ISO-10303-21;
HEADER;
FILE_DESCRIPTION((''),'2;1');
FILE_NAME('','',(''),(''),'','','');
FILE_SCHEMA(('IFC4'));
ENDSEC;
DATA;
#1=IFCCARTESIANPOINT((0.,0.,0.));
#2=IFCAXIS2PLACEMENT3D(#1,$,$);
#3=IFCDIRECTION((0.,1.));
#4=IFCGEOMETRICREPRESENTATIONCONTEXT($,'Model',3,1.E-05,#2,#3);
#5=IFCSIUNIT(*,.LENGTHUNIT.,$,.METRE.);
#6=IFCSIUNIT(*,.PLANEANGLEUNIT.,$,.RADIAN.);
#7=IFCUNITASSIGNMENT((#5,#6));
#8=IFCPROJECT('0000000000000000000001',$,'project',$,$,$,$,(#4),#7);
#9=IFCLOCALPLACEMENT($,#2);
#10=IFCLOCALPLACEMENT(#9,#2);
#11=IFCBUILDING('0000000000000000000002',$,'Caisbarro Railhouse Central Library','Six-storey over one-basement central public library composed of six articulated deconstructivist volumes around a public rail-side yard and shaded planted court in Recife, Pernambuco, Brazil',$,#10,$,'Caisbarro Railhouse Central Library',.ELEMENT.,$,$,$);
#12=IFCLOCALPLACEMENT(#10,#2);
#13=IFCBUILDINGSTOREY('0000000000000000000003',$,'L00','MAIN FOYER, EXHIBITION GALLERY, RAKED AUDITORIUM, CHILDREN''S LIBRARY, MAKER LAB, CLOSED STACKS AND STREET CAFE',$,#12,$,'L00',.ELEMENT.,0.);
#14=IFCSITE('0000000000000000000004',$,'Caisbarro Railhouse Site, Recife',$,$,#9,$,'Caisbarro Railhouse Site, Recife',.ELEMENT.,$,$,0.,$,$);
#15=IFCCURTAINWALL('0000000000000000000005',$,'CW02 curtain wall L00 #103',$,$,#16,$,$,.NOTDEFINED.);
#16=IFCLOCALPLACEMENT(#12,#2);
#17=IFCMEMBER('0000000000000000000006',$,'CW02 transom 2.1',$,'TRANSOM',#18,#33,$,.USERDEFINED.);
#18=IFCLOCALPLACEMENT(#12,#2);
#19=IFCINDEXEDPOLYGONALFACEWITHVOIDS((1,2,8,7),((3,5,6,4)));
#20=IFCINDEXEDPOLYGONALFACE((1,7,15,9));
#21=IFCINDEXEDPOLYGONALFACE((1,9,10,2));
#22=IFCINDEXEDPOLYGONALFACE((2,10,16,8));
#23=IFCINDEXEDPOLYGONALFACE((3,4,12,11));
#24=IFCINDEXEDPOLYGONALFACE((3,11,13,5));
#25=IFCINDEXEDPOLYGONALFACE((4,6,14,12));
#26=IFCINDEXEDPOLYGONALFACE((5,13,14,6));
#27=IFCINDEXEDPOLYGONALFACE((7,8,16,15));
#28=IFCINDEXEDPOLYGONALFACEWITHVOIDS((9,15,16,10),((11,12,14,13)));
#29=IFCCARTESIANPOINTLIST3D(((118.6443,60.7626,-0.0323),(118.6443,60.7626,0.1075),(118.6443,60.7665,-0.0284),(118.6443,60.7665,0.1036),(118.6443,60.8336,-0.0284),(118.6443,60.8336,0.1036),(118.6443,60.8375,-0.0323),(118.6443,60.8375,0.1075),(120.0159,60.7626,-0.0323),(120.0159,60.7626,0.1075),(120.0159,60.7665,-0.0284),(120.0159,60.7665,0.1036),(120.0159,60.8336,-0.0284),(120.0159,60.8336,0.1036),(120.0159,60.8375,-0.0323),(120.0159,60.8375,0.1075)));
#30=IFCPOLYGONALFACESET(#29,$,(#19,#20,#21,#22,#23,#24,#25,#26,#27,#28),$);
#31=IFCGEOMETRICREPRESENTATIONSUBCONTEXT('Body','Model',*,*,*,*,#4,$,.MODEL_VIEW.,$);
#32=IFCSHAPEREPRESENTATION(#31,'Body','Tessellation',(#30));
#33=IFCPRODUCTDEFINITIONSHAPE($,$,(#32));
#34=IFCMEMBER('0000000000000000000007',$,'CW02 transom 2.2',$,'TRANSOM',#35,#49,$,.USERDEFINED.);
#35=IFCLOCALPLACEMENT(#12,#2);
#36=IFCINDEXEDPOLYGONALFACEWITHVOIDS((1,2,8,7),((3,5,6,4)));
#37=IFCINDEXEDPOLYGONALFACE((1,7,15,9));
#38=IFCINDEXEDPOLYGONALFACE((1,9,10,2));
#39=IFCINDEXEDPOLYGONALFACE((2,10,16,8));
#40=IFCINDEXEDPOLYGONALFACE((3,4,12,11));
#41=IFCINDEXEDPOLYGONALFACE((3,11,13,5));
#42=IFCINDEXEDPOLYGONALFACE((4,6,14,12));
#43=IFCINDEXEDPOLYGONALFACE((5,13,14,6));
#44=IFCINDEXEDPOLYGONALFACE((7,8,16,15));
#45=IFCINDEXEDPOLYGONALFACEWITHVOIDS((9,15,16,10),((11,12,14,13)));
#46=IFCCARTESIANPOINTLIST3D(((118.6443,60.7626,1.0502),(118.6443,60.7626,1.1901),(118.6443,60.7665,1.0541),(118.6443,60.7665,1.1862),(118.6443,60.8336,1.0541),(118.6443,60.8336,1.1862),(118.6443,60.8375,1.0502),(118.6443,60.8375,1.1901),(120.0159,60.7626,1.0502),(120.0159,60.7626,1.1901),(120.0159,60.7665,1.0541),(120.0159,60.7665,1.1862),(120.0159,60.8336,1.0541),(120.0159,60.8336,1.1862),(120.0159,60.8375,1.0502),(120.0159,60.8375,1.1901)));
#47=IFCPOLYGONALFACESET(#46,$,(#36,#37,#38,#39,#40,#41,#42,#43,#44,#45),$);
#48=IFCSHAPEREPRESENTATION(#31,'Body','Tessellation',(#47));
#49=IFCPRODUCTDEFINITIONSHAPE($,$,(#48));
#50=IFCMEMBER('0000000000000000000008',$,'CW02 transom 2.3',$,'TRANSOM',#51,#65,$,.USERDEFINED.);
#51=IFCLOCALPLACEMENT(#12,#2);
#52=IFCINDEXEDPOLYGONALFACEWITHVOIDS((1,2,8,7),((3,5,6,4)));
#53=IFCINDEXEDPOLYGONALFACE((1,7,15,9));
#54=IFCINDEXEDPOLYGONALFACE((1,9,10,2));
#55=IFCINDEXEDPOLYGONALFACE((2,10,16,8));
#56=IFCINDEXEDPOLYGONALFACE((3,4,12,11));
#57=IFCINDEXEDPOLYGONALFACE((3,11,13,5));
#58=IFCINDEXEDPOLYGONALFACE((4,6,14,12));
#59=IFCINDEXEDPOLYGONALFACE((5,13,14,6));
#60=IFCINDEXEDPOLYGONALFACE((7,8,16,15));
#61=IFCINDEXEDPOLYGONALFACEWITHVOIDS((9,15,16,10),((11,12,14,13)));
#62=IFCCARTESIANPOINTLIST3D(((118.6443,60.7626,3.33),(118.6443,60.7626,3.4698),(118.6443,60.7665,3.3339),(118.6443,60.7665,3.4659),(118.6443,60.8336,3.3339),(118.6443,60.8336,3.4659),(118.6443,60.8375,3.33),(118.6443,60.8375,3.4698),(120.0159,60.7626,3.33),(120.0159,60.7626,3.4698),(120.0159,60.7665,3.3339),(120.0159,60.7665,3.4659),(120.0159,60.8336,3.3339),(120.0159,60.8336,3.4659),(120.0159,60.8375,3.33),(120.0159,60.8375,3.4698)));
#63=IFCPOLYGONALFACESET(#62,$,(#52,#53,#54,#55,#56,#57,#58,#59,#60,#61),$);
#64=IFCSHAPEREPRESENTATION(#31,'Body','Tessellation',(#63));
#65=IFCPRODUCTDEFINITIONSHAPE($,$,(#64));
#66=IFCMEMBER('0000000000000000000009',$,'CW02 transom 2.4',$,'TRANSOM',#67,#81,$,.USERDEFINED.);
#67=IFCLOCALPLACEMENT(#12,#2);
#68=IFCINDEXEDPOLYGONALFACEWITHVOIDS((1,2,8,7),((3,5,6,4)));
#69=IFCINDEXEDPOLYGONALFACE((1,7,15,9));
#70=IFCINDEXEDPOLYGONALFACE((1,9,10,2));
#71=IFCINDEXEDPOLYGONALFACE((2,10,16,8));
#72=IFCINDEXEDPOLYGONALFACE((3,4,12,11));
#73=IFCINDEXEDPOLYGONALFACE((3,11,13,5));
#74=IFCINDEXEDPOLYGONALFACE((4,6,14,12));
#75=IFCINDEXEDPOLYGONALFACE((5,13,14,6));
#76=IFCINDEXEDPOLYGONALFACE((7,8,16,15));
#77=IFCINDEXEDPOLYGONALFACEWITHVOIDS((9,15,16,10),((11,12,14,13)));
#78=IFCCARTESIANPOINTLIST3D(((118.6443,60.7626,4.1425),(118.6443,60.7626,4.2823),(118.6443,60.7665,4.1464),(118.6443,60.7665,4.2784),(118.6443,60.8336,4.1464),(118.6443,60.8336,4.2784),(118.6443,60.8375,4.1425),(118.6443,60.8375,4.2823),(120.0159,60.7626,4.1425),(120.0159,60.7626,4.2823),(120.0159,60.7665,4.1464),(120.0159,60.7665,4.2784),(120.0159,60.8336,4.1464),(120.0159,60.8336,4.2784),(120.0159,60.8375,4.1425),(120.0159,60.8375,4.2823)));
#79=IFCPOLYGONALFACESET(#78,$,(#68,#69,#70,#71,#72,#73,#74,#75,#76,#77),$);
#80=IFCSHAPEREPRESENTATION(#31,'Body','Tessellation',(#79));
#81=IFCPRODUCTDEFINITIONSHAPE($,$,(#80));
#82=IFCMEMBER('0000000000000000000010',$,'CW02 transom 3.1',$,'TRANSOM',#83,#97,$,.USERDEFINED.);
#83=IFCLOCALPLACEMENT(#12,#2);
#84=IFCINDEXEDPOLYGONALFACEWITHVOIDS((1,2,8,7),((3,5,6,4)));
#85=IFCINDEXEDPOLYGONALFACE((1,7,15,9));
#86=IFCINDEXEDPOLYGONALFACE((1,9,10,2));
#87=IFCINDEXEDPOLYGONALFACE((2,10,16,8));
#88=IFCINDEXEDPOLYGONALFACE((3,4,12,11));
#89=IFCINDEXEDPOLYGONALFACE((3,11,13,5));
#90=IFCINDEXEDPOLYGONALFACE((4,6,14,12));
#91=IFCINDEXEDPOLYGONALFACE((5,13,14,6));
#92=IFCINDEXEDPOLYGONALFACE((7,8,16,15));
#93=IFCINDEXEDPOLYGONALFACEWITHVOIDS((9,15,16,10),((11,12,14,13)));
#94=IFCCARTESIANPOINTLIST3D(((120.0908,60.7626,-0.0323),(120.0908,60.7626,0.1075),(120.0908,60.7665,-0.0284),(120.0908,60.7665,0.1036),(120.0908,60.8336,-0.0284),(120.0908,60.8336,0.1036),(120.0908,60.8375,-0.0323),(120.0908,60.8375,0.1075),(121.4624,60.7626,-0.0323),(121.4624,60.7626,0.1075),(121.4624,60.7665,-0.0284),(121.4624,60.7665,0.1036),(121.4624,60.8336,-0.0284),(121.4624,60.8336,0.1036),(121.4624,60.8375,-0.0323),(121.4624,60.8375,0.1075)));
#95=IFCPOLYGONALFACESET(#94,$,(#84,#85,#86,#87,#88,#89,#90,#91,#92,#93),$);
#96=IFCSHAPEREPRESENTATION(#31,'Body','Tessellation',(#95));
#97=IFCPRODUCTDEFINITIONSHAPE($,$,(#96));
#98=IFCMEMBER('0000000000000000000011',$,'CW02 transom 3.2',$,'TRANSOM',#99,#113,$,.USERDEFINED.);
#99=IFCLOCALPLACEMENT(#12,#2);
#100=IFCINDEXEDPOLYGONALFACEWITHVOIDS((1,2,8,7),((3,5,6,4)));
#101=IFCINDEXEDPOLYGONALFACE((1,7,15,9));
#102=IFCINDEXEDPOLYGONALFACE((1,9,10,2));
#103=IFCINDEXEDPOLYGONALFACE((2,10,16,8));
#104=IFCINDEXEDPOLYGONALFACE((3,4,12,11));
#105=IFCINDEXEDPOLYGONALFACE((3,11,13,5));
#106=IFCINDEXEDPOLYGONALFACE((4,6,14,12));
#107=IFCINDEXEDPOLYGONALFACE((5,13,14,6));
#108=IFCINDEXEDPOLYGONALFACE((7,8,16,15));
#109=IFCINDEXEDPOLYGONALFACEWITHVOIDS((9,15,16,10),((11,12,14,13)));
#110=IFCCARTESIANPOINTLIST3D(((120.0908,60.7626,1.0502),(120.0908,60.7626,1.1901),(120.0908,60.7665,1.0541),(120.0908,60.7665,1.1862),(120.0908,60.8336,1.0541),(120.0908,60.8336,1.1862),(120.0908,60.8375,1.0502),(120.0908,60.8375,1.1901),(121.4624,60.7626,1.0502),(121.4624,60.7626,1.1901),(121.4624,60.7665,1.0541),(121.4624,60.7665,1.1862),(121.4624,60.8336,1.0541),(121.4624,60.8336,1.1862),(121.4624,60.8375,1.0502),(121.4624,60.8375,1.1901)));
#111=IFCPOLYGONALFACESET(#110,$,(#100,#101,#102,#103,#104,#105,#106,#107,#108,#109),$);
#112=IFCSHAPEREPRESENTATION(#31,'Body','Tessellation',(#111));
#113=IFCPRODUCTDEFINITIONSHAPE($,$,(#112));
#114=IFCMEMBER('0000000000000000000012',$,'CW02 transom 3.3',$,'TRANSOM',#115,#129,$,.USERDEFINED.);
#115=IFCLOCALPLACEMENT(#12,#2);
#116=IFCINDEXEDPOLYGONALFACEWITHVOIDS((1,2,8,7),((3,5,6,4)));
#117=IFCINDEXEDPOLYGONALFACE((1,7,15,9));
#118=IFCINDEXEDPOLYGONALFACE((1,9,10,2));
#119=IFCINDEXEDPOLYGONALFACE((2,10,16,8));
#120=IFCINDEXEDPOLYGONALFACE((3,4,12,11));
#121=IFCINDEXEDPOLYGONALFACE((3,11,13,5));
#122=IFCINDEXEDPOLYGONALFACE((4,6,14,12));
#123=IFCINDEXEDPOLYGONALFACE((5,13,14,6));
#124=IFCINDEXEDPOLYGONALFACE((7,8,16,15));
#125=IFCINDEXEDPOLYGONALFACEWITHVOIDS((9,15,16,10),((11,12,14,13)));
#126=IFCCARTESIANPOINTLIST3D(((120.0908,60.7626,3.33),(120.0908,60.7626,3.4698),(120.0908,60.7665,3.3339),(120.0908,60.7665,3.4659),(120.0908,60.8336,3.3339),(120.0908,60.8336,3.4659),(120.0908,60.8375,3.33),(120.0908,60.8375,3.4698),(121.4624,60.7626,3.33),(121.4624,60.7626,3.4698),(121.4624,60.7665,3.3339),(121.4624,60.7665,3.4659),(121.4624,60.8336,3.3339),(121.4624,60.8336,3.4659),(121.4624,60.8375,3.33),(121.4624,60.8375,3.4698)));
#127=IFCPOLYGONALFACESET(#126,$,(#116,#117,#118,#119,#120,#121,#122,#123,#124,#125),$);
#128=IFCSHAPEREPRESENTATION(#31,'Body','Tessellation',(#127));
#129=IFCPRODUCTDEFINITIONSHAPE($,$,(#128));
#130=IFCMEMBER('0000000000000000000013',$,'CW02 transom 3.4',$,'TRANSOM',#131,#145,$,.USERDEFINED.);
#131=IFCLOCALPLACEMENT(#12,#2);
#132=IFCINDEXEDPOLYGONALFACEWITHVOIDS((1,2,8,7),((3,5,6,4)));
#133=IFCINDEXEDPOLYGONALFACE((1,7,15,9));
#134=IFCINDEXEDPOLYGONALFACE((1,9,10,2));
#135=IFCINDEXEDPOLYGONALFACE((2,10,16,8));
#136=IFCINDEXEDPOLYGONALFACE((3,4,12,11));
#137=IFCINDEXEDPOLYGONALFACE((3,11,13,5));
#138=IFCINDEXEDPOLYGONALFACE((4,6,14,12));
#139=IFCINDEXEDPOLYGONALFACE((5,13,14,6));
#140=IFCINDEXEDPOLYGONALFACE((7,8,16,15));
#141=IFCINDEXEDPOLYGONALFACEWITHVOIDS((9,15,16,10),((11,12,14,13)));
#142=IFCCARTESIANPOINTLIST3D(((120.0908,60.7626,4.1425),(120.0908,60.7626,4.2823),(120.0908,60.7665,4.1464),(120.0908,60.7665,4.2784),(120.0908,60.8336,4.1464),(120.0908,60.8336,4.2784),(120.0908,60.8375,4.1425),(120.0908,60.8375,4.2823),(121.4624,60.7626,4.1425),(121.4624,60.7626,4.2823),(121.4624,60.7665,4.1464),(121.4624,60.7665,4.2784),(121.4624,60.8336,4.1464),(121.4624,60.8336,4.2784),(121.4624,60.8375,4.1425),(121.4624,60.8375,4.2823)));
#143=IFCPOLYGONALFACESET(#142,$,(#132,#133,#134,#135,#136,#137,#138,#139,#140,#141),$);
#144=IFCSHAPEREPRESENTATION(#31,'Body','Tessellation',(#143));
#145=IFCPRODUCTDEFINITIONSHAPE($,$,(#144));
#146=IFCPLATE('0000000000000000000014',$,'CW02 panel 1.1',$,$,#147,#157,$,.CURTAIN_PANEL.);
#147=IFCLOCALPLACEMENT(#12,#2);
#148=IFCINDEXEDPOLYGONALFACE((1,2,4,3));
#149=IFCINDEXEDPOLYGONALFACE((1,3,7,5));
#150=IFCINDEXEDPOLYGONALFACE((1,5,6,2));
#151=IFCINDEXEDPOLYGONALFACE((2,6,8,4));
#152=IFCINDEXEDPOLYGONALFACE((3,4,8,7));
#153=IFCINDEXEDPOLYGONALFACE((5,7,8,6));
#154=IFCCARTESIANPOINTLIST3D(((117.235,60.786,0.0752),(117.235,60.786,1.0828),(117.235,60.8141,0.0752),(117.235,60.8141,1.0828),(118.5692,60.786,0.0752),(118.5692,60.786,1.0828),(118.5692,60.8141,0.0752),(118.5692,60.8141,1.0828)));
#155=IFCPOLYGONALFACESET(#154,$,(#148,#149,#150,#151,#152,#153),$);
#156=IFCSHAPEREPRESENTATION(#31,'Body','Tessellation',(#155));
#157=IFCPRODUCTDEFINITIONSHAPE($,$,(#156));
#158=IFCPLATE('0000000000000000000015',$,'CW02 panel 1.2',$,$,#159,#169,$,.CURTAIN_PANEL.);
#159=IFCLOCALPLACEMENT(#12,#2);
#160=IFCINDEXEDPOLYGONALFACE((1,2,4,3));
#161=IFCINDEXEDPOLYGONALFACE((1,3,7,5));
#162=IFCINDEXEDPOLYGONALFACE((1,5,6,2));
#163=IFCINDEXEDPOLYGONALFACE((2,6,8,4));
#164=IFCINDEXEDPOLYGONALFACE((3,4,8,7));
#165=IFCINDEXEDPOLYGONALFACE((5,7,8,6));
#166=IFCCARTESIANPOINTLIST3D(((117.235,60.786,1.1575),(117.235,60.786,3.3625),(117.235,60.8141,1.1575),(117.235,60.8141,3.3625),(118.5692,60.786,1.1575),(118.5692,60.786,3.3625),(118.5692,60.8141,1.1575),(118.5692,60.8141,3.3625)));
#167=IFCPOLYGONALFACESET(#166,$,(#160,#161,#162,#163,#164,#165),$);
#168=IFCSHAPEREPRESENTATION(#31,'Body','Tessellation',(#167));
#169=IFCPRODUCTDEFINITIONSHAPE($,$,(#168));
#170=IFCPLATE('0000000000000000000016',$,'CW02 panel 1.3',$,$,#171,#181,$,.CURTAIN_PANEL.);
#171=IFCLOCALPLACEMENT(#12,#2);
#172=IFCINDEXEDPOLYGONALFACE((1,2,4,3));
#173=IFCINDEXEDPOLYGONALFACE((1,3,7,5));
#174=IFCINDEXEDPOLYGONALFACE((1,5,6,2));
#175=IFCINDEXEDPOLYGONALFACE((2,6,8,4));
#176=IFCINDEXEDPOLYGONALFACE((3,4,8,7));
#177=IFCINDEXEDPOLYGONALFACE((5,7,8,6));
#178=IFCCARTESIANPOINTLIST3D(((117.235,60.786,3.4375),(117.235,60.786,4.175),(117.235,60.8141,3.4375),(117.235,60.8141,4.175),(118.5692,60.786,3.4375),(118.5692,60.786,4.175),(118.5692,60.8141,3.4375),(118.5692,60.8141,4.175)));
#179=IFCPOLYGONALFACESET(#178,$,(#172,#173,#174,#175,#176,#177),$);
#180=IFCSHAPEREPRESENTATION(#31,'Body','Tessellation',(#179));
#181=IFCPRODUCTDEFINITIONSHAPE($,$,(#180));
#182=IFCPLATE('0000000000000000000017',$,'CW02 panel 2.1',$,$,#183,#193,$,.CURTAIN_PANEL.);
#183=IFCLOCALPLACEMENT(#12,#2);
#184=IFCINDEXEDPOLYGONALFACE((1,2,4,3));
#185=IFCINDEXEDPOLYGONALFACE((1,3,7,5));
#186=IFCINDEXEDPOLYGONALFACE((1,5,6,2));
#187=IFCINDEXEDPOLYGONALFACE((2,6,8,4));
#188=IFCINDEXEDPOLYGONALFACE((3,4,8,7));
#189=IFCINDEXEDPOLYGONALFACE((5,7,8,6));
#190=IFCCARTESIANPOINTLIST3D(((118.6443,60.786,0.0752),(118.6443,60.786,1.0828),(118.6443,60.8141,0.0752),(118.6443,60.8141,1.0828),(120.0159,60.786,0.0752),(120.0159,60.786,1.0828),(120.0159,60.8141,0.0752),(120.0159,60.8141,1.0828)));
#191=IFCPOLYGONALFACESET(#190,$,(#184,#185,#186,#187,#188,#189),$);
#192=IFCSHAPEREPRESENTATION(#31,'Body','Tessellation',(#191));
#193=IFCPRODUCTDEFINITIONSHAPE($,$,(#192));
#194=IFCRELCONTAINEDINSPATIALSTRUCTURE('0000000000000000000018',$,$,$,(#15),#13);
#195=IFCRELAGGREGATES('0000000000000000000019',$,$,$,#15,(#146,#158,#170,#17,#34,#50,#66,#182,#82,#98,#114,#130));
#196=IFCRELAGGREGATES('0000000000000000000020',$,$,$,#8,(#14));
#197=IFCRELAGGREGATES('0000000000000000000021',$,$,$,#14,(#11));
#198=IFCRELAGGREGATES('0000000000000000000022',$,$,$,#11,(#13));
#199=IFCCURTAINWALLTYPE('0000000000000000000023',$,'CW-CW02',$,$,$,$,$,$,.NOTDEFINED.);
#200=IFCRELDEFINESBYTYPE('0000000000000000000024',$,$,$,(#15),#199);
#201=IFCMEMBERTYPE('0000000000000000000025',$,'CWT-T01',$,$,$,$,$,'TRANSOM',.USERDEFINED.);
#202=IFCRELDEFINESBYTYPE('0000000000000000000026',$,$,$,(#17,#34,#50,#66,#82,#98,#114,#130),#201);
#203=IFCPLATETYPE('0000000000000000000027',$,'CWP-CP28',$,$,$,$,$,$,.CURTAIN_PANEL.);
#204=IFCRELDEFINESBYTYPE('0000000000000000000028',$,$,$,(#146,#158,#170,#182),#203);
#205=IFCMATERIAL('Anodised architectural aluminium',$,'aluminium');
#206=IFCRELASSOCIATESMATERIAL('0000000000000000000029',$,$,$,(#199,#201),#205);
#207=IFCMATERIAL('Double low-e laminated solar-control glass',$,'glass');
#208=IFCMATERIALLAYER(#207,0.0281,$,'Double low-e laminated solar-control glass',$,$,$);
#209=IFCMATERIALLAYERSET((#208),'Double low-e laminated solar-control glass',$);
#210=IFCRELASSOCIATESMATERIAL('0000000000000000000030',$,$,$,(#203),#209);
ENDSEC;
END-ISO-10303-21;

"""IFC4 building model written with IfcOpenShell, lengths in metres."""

from ifc_helpers import new_model, si_unit, direction, frame, origin, origin_2d, place, context, subcontext, project, spatial, rectangle, hollow_rectangle, extrude, material, layer, layer_set, material_profile, profile_set, type_object, element, aggregate, save


model = new_model("IFC4")

# Units and contexts
model_context = context("Model", 3, precision=1e-05, world=origin(), true_north=direction((0.0, 1.0)))
body_context = subcontext(model_context, "Body", "Model", "MODEL_VIEW")
ifc_project = project(units=[si_unit("LENGTHUNIT", "METRE"), si_unit("PLANEANGLEUNIT", "RADIAN")], contexts=[model_context])

# Site, building, storey
site_placement = place(None, origin())
site = spatial("IfcSite", under=ifc_project, at=site_placement, Name="Caisbarro Railhouse Site, Recife", LongName="Caisbarro Railhouse Site, Recife", CompositionType="ELEMENT", RefElevation=0.0)
building_placement = place(site_placement, origin())
building = spatial("IfcBuilding", under=site, at=building_placement, Name="Caisbarro Railhouse Central Library", Description="Six-storey over one-basement central public library composed of six articulated deconstructivist volumes around a public rail-side yard and shaded planted court in Recife, Pernambuco, Brazil", LongName="Caisbarro Railhouse Central Library", CompositionType="ELEMENT")
storey_placement = place(building_placement, origin())
storey = spatial("IfcBuildingStorey", under=building, at=storey_placement, Name="L00", Description="MAIN FOYER, EXHIBITION GALLERY, RAKED AUDITORIUM, CHILDREN'S LIBRARY, MAKER LAB, CLOSED STACKS AND STREET CAFE", LongName="L00", CompositionType="ELEMENT", Elevation=0.0)

# Curtain wall
ifc_material_1 = material(Name="Anodised architectural aluminium", Category="aluminium")
curtain_wall_type = type_object("IfcCurtainWallType", Name="CW-CW02", PredefinedType="NOTDEFINED", material=ifc_material_1)
curtain_wall_1_placement = place(storey_placement, origin())
curtain_wall_1 = element("IfcCurtainWall", 1, at=curtain_wall_1_placement, inside=storey, type_object=curtain_wall_type, Name="CW02 curtain wall L00 #103", PredefinedType="NOTDEFINED")

# Members
ifc_material_profile_1 = material_profile(ifc_material_1, hollow_rectangle(XDim=0.075, YDim=0.1399, WallThickness=0.0039, at=origin_2d()), Name="ALU-TRN-75X140")
ifc_profile_set_1 = profile_set([ifc_material_profile_1], Name="Anodised architectural aluminium")
member_type_1 = type_object("IfcMemberType", Name="CWT-T01", ElementType="TRANSOM", PredefinedType="USERDEFINED", material=ifc_profile_set_1)
member_1_placement = place(storey_placement, frame((118.6443, 60.8, 0.0376), z_axis=(1.0, 0.0, 0.0), x_axis=(0.0, 1.0, 0.0)))
member_1 = element("IfcMember", 2, at=member_1_placement, type_object=member_type_1, Name="CW02 transom 2.1", ObjectType="TRANSOM", PredefinedType="USERDEFINED", context=body_context, shape_type="SweptSolid", body=[
    extrude(hollow_rectangle(XDim=0.075, YDim=0.1399, WallThickness=0.0039, at=origin_2d()), origin(), (0.0, 0.0, 1.0), 1.3716),
])
member_2_placement = place(storey_placement, frame((118.6443, 60.8, 1.1201), z_axis=(1.0, 0.0, 0.0), x_axis=(0.0, 1.0, 0.0)))
member_2 = element("IfcMember", 3, at=member_2_placement, type_object=member_type_1, Name="CW02 transom 2.2", ObjectType="TRANSOM", PredefinedType="USERDEFINED", context=body_context, shape_type="SweptSolid", body=[
    extrude(hollow_rectangle(XDim=0.075, YDim=0.1399, WallThickness=0.0039, at=origin_2d()), origin(), (0.0, 0.0, 1.0), 1.3716),
])
member_3_placement = place(storey_placement, frame((118.6443, 60.8, 3.3999), z_axis=(1.0, 0.0, 0.0), x_axis=(0.0, 1.0, 0.0)))
member_3 = element("IfcMember", 4, at=member_3_placement, type_object=member_type_1, Name="CW02 transom 2.3", ObjectType="TRANSOM", PredefinedType="USERDEFINED", context=body_context, shape_type="SweptSolid", body=[
    extrude(hollow_rectangle(XDim=0.075, YDim=0.1399, WallThickness=0.0039, at=origin_2d()), origin(), (0.0, 0.0, 1.0), 1.3716),
])
member_4_placement = place(storey_placement, frame((118.6443, 60.8, 4.2124), z_axis=(1.0, 0.0, 0.0), x_axis=(0.0, 1.0, 0.0)))
member_4 = element("IfcMember", 5, at=member_4_placement, type_object=member_type_1, Name="CW02 transom 2.4", ObjectType="TRANSOM", PredefinedType="USERDEFINED", context=body_context, shape_type="SweptSolid", body=[
    extrude(hollow_rectangle(XDim=0.075, YDim=0.1399, WallThickness=0.0039, at=origin_2d()), origin(), (0.0, 0.0, 1.0), 1.3716),
])
member_5_placement = place(storey_placement, frame((120.0908, 60.8, 0.0376), z_axis=(1.0, 0.0, 0.0), x_axis=(0.0, 1.0, 0.0)))
member_5 = element("IfcMember", 6, at=member_5_placement, type_object=member_type_1, Name="CW02 transom 3.1", ObjectType="TRANSOM", PredefinedType="USERDEFINED", context=body_context, shape_type="SweptSolid", body=[
    extrude(hollow_rectangle(XDim=0.075, YDim=0.1399, WallThickness=0.0039, at=origin_2d()), origin(), (0.0, 0.0, 1.0), 1.3716),
])
member_6_placement = place(storey_placement, frame((120.0908, 60.8, 1.1201), z_axis=(1.0, 0.0, 0.0), x_axis=(0.0, 1.0, 0.0)))
member_6 = element("IfcMember", 7, at=member_6_placement, type_object=member_type_1, Name="CW02 transom 3.2", ObjectType="TRANSOM", PredefinedType="USERDEFINED", context=body_context, shape_type="SweptSolid", body=[
    extrude(hollow_rectangle(XDim=0.075, YDim=0.1399, WallThickness=0.0039, at=origin_2d()), origin(), (0.0, 0.0, 1.0), 1.3716),
])
member_7_placement = place(storey_placement, frame((120.0908, 60.8, 3.3999), z_axis=(1.0, 0.0, 0.0), x_axis=(0.0, 1.0, 0.0)))
member_7 = element("IfcMember", 8, at=member_7_placement, type_object=member_type_1, Name="CW02 transom 3.3", ObjectType="TRANSOM", PredefinedType="USERDEFINED", context=body_context, shape_type="SweptSolid", body=[
    extrude(hollow_rectangle(XDim=0.075, YDim=0.1399, WallThickness=0.0039, at=origin_2d()), origin(), (0.0, 0.0, 1.0), 1.3716),
])
member_8_placement = place(storey_placement, frame((120.0908, 60.8, 4.2124), z_axis=(1.0, 0.0, 0.0), x_axis=(0.0, 1.0, 0.0)))
member_8 = element("IfcMember", 9, at=member_8_placement, type_object=member_type_1, Name="CW02 transom 3.4", ObjectType="TRANSOM", PredefinedType="USERDEFINED", context=body_context, shape_type="SweptSolid", body=[
    extrude(hollow_rectangle(XDim=0.075, YDim=0.1399, WallThickness=0.0039, at=origin_2d()), origin(), (0.0, 0.0, 1.0), 1.3716),
])

# Plates
ifc_material_2 = material(Name="Double low-e laminated solar-control glass", Category="glass")
ifc_layer_1 = layer(ifc_material_2, 0.0281, Name="Double low-e laminated solar-control glass")
ifc_layer_set_1 = layer_set([ifc_layer_1], Name="Double low-e laminated solar-control glass")
plate_type_1 = type_object("IfcPlateType", Name="CWP-CP28", PredefinedType="CURTAIN_PANEL", material=ifc_layer_set_1)
plate_1_placement = place(storey_placement, frame((117.9021, 60.8, 0.0752), z_axis=(0.0, 0.0, 1.0), x_axis=(1.0, 0.0, 0.0)))
plate_1 = element("IfcPlate", 10, at=plate_1_placement, type_object=plate_type_1, Name="CW02 panel 1.1", PredefinedType="CURTAIN_PANEL", context=body_context, shape_type="SweptSolid", body=[
    extrude(rectangle(XDim=1.3342, YDim=0.0281, at=origin_2d()), origin(), (0.0, 0.0, 1.0), 1.0076),
])
plate_2_placement = place(storey_placement, frame((117.9021, 60.8, 1.1575), z_axis=(0.0, 0.0, 1.0), x_axis=(1.0, 0.0, 0.0)))
plate_2 = element("IfcPlate", 11, at=plate_2_placement, type_object=plate_type_1, Name="CW02 panel 1.2", PredefinedType="CURTAIN_PANEL", context=body_context, shape_type="SweptSolid", body=[
    extrude(rectangle(XDim=1.3342, YDim=0.0281, at=origin_2d()), origin(), (0.0, 0.0, 1.0), 2.2051),
])
plate_3_placement = place(storey_placement, frame((117.9021, 60.8, 3.4375), z_axis=(0.0, 0.0, 1.0), x_axis=(1.0, 0.0, 0.0)))
plate_3 = element("IfcPlate", 12, at=plate_3_placement, type_object=plate_type_1, Name="CW02 panel 1.3", PredefinedType="CURTAIN_PANEL", context=body_context, shape_type="SweptSolid", body=[
    extrude(rectangle(XDim=1.3342, YDim=0.0281, at=origin_2d()), origin(), (0.0, 0.0, 1.0), 0.7375),
])
plate_4_placement = place(storey_placement, frame((119.3301, 60.8, 0.0752), z_axis=(0.0, 0.0, 1.0), x_axis=(1.0, 0.0, 0.0)))
plate_4 = element("IfcPlate", 13, at=plate_4_placement, type_object=plate_type_1, Name="CW02 panel 2.1", PredefinedType="CURTAIN_PANEL", context=body_context, shape_type="SweptSolid", body=[
    extrude(rectangle(XDim=1.3716, YDim=0.0281, at=origin_2d()), origin(), (0.0, 0.0, 1.0), 1.0076),
])
aggregate(curtain_wall_1, [plate_1, plate_2, plate_3, member_1, member_2, member_3, member_4, plate_4, member_5, member_6, member_7, member_8])

save(model, "model.ifc")
